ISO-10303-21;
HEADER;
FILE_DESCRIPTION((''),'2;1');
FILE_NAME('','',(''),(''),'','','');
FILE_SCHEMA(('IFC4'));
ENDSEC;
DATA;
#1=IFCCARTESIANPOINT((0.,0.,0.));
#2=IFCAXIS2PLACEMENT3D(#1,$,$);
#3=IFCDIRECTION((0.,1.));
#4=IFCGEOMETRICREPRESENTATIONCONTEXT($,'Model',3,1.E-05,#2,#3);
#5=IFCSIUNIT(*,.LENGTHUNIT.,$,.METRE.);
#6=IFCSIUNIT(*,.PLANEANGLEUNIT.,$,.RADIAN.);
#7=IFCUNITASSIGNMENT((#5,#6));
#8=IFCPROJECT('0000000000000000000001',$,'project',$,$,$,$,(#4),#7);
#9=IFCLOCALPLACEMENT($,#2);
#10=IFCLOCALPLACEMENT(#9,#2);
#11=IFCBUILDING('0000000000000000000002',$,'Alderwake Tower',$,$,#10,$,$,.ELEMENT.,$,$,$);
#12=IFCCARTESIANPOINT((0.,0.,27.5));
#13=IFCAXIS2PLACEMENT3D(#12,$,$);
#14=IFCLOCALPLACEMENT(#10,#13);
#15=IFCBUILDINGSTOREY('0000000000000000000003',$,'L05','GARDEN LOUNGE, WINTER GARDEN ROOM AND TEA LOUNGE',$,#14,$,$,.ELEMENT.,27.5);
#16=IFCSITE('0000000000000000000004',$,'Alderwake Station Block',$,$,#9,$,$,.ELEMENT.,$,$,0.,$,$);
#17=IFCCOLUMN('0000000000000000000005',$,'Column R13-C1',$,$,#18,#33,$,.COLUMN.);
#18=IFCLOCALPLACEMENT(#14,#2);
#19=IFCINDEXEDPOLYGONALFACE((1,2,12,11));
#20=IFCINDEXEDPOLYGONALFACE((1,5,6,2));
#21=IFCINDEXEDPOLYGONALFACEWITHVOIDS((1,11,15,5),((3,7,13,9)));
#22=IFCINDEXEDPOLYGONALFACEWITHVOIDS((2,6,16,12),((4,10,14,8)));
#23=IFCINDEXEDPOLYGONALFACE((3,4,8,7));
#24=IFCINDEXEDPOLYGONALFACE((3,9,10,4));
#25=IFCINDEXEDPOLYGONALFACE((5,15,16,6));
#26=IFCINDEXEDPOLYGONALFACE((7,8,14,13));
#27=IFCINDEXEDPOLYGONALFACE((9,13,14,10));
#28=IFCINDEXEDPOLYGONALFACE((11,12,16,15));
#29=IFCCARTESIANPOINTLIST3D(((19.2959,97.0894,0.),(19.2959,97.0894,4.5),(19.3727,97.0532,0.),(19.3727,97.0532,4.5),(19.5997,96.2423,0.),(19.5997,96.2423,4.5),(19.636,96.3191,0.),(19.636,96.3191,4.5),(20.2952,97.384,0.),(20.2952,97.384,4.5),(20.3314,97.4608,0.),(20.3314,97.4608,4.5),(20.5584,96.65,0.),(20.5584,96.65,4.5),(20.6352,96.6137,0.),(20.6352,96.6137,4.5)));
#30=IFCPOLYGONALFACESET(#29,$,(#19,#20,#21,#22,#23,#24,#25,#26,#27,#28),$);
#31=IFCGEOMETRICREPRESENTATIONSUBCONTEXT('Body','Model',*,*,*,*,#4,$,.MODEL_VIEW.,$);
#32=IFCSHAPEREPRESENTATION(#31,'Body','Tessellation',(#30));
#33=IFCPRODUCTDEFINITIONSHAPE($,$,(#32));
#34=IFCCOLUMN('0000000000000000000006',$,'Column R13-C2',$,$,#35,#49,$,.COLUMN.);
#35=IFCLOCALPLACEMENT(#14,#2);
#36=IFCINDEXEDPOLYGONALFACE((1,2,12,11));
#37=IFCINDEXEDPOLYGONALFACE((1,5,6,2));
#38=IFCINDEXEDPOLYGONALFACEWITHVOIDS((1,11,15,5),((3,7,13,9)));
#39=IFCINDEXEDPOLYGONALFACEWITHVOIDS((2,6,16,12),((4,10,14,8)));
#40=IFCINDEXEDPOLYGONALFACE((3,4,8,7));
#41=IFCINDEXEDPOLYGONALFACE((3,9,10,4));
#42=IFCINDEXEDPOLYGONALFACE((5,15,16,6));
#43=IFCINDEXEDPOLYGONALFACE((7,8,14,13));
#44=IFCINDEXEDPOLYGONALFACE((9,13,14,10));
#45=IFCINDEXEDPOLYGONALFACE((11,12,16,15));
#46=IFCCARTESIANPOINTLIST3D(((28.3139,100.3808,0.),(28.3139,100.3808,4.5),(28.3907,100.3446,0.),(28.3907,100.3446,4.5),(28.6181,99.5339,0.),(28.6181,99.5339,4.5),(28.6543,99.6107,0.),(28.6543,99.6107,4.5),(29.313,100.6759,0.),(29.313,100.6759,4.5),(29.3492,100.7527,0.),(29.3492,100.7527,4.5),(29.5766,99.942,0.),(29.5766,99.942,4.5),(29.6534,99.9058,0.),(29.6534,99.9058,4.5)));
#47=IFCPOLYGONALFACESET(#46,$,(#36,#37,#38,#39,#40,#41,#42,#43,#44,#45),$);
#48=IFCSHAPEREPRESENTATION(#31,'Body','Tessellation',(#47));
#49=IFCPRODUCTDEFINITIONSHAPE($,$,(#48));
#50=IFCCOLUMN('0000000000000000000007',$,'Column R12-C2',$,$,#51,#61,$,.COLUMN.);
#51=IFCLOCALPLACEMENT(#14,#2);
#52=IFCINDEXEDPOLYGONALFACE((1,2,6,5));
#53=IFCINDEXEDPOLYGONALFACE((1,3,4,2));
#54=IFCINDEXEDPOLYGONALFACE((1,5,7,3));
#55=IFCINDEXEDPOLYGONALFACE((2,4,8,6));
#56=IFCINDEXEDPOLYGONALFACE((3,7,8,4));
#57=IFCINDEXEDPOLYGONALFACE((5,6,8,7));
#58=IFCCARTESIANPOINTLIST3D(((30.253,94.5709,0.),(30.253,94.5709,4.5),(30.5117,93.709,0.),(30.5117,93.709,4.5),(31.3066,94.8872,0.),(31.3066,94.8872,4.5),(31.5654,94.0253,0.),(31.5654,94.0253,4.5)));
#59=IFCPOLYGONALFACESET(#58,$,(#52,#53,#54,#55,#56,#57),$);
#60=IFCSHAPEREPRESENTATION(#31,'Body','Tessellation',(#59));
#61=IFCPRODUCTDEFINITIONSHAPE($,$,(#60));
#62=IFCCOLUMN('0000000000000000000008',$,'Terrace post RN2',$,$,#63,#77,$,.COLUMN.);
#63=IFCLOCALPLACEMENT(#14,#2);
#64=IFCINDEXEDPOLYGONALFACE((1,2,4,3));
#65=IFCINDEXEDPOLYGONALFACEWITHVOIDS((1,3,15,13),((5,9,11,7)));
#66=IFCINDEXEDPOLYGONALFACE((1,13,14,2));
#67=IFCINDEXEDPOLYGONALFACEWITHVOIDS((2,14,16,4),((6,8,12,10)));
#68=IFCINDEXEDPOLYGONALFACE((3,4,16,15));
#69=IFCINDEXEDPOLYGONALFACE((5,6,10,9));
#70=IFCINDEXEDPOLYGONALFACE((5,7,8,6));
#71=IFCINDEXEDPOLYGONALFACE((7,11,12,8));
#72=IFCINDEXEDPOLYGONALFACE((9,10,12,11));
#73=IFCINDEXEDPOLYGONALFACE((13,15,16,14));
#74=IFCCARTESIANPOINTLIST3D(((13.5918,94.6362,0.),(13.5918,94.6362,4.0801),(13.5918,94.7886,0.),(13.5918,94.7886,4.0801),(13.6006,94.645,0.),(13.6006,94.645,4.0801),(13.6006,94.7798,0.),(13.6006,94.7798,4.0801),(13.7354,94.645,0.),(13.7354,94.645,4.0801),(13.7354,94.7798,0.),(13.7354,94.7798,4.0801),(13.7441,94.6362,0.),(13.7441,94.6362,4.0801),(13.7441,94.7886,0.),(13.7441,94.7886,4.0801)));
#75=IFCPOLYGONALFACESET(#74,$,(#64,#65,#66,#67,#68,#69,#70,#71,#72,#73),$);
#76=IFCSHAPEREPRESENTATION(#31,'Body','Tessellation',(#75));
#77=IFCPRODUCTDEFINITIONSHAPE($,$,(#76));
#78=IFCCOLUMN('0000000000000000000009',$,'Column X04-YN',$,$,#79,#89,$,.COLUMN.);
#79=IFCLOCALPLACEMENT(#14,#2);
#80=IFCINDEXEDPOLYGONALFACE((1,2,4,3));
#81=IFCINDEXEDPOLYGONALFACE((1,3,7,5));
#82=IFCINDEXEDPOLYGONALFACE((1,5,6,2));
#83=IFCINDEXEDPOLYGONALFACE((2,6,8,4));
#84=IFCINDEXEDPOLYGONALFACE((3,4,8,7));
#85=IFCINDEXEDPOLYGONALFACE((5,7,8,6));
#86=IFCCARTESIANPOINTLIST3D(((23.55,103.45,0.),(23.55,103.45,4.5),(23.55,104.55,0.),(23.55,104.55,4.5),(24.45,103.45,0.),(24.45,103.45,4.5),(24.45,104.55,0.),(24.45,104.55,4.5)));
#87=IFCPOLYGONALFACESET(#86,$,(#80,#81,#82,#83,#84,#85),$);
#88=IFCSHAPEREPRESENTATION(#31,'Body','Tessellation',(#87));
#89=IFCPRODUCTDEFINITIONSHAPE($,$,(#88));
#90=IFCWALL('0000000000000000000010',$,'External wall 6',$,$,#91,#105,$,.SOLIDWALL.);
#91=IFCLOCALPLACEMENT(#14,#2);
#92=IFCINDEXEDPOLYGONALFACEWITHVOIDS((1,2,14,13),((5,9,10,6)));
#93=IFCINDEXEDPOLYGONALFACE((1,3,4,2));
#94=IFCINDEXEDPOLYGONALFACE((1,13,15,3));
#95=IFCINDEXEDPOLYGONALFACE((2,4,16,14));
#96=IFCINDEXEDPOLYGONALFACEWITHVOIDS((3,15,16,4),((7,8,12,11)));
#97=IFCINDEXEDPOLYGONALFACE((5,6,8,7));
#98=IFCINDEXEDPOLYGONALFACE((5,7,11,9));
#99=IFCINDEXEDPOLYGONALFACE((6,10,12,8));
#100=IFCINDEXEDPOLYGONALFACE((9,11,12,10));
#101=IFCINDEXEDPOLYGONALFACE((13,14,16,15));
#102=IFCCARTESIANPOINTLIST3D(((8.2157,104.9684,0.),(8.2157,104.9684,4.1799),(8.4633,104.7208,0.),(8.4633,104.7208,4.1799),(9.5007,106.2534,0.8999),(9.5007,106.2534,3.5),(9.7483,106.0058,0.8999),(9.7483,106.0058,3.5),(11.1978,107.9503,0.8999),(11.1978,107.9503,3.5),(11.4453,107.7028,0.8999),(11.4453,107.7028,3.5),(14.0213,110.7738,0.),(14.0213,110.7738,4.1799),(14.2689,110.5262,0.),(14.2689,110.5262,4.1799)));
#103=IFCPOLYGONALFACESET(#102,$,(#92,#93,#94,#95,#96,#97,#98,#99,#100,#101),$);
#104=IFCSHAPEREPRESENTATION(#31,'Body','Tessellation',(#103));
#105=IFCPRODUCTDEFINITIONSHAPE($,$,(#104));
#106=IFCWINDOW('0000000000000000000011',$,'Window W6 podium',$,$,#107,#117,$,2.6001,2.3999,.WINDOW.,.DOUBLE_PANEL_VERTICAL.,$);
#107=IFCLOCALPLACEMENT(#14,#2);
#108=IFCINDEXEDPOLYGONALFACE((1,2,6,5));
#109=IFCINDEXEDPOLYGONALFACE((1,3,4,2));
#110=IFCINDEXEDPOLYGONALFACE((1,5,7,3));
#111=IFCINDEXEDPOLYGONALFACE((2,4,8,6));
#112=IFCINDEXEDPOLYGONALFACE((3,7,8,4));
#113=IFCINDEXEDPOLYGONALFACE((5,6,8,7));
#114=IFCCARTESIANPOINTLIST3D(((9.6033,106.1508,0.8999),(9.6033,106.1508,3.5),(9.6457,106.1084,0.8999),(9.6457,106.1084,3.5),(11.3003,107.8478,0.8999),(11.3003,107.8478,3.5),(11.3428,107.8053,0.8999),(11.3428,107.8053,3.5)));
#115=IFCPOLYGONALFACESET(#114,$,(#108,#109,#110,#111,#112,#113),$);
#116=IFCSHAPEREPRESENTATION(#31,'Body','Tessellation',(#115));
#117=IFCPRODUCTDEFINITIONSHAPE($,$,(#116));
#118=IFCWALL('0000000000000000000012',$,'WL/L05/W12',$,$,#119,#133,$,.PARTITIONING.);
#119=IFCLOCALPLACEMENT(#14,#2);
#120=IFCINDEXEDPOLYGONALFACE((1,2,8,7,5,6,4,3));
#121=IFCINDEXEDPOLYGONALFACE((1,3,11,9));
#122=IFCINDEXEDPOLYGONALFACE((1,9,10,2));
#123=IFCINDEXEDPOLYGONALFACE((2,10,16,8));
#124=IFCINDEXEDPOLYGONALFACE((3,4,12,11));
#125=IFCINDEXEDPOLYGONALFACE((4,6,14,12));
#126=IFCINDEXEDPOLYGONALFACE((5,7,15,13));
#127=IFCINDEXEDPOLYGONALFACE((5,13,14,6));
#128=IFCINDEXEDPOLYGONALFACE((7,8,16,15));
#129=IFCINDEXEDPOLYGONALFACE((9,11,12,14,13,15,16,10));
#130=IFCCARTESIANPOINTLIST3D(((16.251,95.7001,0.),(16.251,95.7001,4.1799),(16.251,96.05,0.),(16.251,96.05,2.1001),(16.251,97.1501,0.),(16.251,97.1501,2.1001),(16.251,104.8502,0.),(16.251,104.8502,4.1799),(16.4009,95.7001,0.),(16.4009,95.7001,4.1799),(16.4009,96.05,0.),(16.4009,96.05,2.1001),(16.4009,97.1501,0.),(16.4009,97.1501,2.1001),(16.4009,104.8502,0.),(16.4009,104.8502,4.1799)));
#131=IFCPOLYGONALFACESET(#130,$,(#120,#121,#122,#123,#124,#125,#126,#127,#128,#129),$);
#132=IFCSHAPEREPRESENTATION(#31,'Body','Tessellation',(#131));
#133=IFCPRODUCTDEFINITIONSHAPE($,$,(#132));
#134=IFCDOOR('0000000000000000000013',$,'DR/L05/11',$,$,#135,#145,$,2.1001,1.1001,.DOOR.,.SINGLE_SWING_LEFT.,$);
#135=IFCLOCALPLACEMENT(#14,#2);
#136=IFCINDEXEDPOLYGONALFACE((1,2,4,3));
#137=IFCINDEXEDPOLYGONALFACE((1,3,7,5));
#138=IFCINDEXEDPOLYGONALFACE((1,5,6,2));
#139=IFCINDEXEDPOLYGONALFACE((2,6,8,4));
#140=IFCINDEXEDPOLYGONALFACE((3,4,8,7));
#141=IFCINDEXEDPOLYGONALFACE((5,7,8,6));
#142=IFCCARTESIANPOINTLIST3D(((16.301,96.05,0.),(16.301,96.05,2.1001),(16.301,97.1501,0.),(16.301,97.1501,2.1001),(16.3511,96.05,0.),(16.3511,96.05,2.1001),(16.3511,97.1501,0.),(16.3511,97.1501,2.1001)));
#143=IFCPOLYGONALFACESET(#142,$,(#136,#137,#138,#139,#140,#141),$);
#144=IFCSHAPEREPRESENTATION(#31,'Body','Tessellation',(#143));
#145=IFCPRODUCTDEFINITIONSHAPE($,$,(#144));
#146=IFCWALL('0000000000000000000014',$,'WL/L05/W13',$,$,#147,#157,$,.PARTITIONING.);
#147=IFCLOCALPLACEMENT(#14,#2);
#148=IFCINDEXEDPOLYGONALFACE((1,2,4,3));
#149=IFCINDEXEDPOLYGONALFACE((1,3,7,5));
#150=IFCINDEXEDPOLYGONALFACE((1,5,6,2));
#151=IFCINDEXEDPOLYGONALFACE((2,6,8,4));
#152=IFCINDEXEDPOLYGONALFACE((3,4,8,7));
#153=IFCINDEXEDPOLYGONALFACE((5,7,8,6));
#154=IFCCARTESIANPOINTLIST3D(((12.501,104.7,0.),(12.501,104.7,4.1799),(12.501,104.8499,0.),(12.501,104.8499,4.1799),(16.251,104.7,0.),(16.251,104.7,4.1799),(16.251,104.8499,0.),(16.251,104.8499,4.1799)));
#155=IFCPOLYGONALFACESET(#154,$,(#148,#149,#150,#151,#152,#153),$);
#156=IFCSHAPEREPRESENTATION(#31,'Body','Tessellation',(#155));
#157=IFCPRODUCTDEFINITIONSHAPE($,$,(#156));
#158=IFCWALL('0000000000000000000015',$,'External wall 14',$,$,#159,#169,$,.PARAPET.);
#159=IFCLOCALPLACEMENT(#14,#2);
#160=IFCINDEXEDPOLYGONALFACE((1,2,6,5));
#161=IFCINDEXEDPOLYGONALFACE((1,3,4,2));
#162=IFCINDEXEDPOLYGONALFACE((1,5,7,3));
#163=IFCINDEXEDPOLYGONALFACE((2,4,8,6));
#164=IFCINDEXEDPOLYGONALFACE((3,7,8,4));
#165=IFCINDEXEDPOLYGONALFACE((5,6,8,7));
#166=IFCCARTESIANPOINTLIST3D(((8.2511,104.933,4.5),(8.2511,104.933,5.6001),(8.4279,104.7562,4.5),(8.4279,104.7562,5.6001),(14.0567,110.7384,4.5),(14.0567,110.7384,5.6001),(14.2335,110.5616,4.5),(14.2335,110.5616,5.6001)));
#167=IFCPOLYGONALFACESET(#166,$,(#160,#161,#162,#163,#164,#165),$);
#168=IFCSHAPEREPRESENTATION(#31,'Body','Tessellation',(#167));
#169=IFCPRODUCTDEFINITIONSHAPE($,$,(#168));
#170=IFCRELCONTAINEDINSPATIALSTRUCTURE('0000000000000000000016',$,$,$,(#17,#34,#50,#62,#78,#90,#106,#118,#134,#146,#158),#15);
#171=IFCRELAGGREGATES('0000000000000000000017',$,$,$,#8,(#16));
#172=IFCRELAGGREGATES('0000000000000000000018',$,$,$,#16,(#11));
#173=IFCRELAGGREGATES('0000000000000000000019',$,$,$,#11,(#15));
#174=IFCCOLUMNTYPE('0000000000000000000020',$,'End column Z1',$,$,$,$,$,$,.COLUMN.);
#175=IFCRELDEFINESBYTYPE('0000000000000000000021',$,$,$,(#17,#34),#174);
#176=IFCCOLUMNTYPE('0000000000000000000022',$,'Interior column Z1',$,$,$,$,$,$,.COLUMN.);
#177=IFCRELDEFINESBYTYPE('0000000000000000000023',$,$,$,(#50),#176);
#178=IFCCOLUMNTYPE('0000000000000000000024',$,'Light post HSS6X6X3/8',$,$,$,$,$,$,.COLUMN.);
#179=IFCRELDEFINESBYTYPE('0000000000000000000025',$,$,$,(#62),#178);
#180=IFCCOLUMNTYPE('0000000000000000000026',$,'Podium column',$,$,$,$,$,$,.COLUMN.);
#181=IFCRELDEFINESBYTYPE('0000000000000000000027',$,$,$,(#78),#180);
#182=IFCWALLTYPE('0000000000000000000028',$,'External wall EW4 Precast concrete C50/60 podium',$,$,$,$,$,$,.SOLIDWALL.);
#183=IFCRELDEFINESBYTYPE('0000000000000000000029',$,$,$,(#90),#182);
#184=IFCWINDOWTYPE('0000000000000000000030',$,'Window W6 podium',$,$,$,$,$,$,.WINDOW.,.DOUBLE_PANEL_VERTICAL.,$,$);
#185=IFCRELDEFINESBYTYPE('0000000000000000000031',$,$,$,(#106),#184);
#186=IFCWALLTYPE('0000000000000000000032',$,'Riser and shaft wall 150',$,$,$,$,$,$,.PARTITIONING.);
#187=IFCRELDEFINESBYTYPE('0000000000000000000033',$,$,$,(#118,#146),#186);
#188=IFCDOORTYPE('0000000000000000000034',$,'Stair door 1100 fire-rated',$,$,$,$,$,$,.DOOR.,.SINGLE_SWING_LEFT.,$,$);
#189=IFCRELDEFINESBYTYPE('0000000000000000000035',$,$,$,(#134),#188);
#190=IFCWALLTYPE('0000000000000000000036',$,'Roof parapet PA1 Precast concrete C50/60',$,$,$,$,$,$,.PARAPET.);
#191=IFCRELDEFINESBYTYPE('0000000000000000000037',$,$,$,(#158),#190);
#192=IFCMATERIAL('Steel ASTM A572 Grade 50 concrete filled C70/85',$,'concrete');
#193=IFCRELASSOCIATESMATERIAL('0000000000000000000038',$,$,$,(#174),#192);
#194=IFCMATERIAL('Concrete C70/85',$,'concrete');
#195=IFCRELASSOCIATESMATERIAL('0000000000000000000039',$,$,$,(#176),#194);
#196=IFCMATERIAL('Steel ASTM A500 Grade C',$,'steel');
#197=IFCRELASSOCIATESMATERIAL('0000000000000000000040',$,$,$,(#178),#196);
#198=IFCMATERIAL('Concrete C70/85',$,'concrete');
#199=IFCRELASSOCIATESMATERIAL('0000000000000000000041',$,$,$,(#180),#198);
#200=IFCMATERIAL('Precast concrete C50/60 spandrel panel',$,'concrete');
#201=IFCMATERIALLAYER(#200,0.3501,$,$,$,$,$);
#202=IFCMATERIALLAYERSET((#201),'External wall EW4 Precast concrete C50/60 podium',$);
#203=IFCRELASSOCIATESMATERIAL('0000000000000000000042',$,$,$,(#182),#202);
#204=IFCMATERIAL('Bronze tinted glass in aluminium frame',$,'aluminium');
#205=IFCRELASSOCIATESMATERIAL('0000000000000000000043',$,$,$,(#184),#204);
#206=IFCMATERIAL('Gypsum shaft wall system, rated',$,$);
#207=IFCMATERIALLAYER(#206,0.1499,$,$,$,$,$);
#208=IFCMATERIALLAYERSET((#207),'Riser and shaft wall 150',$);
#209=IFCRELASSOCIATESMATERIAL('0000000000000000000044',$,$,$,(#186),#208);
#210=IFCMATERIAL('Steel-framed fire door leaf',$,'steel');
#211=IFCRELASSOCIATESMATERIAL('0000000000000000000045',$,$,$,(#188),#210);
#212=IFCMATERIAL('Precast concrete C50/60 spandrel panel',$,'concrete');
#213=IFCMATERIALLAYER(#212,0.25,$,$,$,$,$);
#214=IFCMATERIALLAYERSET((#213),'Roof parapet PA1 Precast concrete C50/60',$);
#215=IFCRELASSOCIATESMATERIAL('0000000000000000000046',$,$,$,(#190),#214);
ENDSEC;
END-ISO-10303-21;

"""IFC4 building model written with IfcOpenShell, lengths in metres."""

from ifc_helpers import new_model, si_unit, direction, frame, frame_2d, origin, origin_2d, place, context, subcontext, project, spatial, rectangle, hollow_rectangle, extrude, material, layer, layer_set, material_profile, profile_set, type_object, element, fill, save


model = new_model("IFC4")

# Units and contexts
model_context = context("Model", 3, precision=1e-05, world=origin(), true_north=direction((0.0, 1.0)))
body_context = subcontext(model_context, "Body", "Model", "MODEL_VIEW")
ifc_project = project(units=[si_unit("LENGTHUNIT", "METRE"), si_unit("PLANEANGLEUNIT", "RADIAN")], contexts=[model_context])

# Site, building, storey
site_placement = place(None, origin())
site = spatial("IfcSite", under=ifc_project, at=site_placement, Name="Alderwake Station Block", CompositionType="ELEMENT", RefElevation=0.0)
building_placement = place(site_placement, origin())
building = spatial("IfcBuilding", under=site, at=building_placement, Name="Alderwake Tower", CompositionType="ELEMENT")
storey_placement = place(building_placement, frame((0.0, 0.0, 27.5)))
storey = spatial("IfcBuildingStorey", under=building, at=storey_placement, Name="L05", Description="GARDEN LOUNGE, WINTER GARDEN ROOM AND TEA LOUNGE", CompositionType="ELEMENT", Elevation=27.5)

# Columns
ifc_material_1 = material(Name="Steel ASTM A572 Grade 50 concrete filled C70/85", Category="concrete")
ifc_material_profile_1 = material_profile(ifc_material_1, hollow_rectangle(XDim=0.8999, YDim=1.1001, WallThickness=0.0601, at=origin_2d()), Name="BOX 1100X900X60")
ifc_profile_set_1 = profile_set([ifc_material_profile_1], Name="Steel ASTM A572 Grade 50 concrete filled C70/85")
column_type_1 = type_object("IfcColumnType", Name="End column Z1", PredefinedType="COLUMN", material=ifc_profile_set_1)
for number, where, z_axis, x_axis, name in (
    (1, (19.9656, 96.8516, 0.0), (0.0, 0.0, 1.0), (-0.337585, 0.941295, 0.0), "Column R13-C1"),
    (2, (28.9836, 100.1433, 0.0), (0.0, 0.0, 1.0), (-0.338027, 0.941136, 0.0), "Column R13-C2"),
):
    element("IfcColumn", number, at=place(storey_placement, frame(where, z_axis=z_axis, x_axis=x_axis)), inside=storey, type_object=column_type_1, Name=name, PredefinedType="COLUMN", context=body_context, shape_type="SweptSolid", body=[
        extrude(hollow_rectangle(XDim=0.8999, YDim=1.1001, WallThickness=0.0601, at=origin_2d()), origin(), (0.0, 0.0, 1.0), 4.5),
    ])
ifc_material_2 = material(Name="Concrete C70/85", Category="concrete")
ifc_material_profile_2 = material_profile(ifc_material_2, rectangle(XDim=0.8999, YDim=1.1001, at=origin_2d()), Name="RC 1100X900")
ifc_profile_set_2 = profile_set([ifc_material_profile_2], Name="Concrete C70/85")
column_type_2 = type_object("IfcColumnType", Name="Interior column Z1", PredefinedType="COLUMN", material=ifc_profile_set_2)
column_1_placement = place(storey_placement, frame((30.9092, 94.2981, 0.0), z_axis=(0.0, 0.0, 1.0), x_axis=(-0.287549, 0.957766, 0.0)))
element("IfcColumn", 3, at=column_1_placement, inside=storey, type_object=column_type_2, Name="Column R12-C2", PredefinedType="COLUMN", context=body_context, shape_type="SweptSolid", body=[
    extrude(rectangle(XDim=0.8999, YDim=1.1001, at=origin_2d()), origin(), (0.0, 0.0, 1.0), 4.5),
])
ifc_material_3 = material(Name="Steel ASTM A500 Grade C", Category="steel")
ifc_material_profile_3 = material_profile(ifc_material_3, hollow_rectangle(XDim=0.1523, YDim=0.1523, WallThickness=0.0088, at=origin_2d()), Name="HSS6X6X3/8")
ifc_profile_set_3 = profile_set([ifc_material_profile_3], Name="Steel ASTM A500 Grade C")
column_type_3 = type_object("IfcColumnType", Name="Light post HSS6X6X3/8", PredefinedType="COLUMN", material=ifc_profile_set_3)
column_2_placement = place(storey_placement, frame((13.668, 94.7124, 0.0), z_axis=(0.0, 0.0, 1.0), x_axis=(1.0, 0.0, 0.0)))
element("IfcColumn", 4, at=column_2_placement, inside=storey, type_object=column_type_3, Name="Terrace post RN2", PredefinedType="COLUMN", context=body_context, shape_type="SweptSolid", body=[
    extrude(hollow_rectangle(XDim=0.1523, YDim=0.1523, WallThickness=0.0088, at=origin_2d()), origin(), (0.0, 0.0, 1.0), 4.0801),
])
ifc_material_4 = material(Name="Concrete C70/85", Category="concrete")
ifc_material_profile_4 = material_profile(ifc_material_4, rectangle(XDim=0.8999, YDim=1.1001, at=origin_2d()), Name="RC 1100X900")
ifc_profile_set_4 = profile_set([ifc_material_profile_4], Name="Concrete C70/85")
column_type_4 = type_object("IfcColumnType", Name="Podium column", PredefinedType="COLUMN", material=ifc_profile_set_4)
column_3_placement = place(storey_placement, frame((24.0, 104.0, 0.0), z_axis=(0.0, 0.0, 1.0), x_axis=(1.0, 0.0, 0.0)))
element("IfcColumn", 5, at=column_3_placement, inside=storey, type_object=column_type_4, Name="Column X04-YN", PredefinedType="COLUMN", context=body_context, shape_type="SweptSolid", body=[
    extrude(rectangle(XDim=0.8999, YDim=1.1001, at=origin_2d()), origin(), (0.0, 0.0, 1.0), 4.5),
])

# Wall, opening, window
ifc_material_5 = material(Name="Precast concrete C50/60 spandrel panel", Category="concrete")
ifc_layer_1 = layer(ifc_material_5, 0.3501)
ifc_layer_set_1 = layer_set([ifc_layer_1], Name="External wall EW4 Precast concrete C50/60 podium")
wall_type_1 = type_object("IfcWallType", Name="External wall EW4 Precast concrete C50/60 podium", PredefinedType="SOLIDWALL", material=ifc_layer_set_1)
wall_1_placement = place(storey_placement, frame((14.145, 110.6499, 0.0), z_axis=(0.0, 0.0, 1.0), x_axis=(-0.707122, -0.707092, 0.0)))
wall_1 = element("IfcWall", 6, at=wall_1_placement, inside=storey, type_object=wall_type_1, Name="External wall 6", PredefinedType="SOLIDWALL", context=body_context, shape_type="SweptSolid", body=[
    extrude(rectangle(XDim=8.2102, YDim=0.3501, at=frame_2d((4.105, 0.0))), origin(), (0.0, 0.0, 1.0), 4.1799),
])
opening_1_placement = place(wall_1_placement, frame((3.9929, 0.0, 0.8999)))
opening_1 = element("IfcOpeningElement", 7, at=opening_1_placement, cuts=wall_1, PredefinedType="OPENING", context=body_context, shape_type="SweptSolid", body=[
    extrude(rectangle(XDim=2.3999, YDim=2.6001, at=frame_2d((1.2, 1.3))), frame((0.0, 0.1851, 0.0), z_axis=(0.0, -1.0, 0.0), x_axis=(1.0, 0.0, 0.0)), (0.0, 0.0, 1.0), 0.3701),
])
ifc_material_6 = material(Name="Bronze tinted glass in aluminium frame", Category="aluminium")
window_type = type_object("IfcWindowType", Name="Window W6 podium", PartitioningType="DOUBLE_PANEL_VERTICAL", PredefinedType="WINDOW", material=ifc_material_6)
window_placement = place(opening_1_placement, origin())
window = element("IfcWindow", 8, at=window_placement, inside=storey, type_object=window_type, Name="Window W6 podium", OverallHeight=2.6001, OverallWidth=2.3999, PartitioningType="DOUBLE_PANEL_VERTICAL", PredefinedType="WINDOW", context=body_context, shape_type="SweptSolid", body=[
    extrude(rectangle(XDim=2.3999, YDim=2.6001, at=frame_2d((1.2, 1.3))), frame((0.0, 0.03, 0.0), z_axis=(0.0, -1.0, 0.0), x_axis=(1.0, 0.0, 0.0)), (0.0, 0.0, 1.0), 0.0601),
])
fill(opening_1, window)

# Wall, opening, door
ifc_material_7 = material(Name="Gypsum shaft wall system, rated")
ifc_layer_2 = layer(ifc_material_7, 0.1499)
ifc_layer_set_2 = layer_set([ifc_layer_2], Name="Riser and shaft wall 150")
wall_type_2 = type_object("IfcWallType", Name="Riser and shaft wall 150", PredefinedType="PARTITIONING", material=ifc_layer_set_2)
wall_2_placement = place(storey_placement, frame((16.3259, 95.7, 0.0), z_axis=(0.0, 0.0, 1.0), x_axis=(0.0, 1.0, 0.0)))
wall_2 = element("IfcWall", 9, at=wall_2_placement, inside=storey, type_object=wall_type_2, Name="WL/L05/W12", PredefinedType="PARTITIONING", context=body_context, shape_type="SweptSolid", body=[
    extrude(rectangle(XDim=9.1501, YDim=0.1499, at=frame_2d((4.5752, 0.0))), origin(), (0.0, 0.0, 1.0), 4.1799),
])
opening_2_placement = place(wall_2_placement, frame((0.3501, 0.0, 0.0)))
opening_2 = element("IfcOpeningElement", 10, at=opening_2_placement, cuts=wall_2, PredefinedType="OPENING", context=body_context, shape_type="SweptSolid", body=[
    extrude(rectangle(XDim=1.1001, YDim=2.1001, at=frame_2d((0.55, 1.05))), frame((0.0, 0.085, 0.0), z_axis=(0.0, -1.0, 0.0), x_axis=(1.0, 0.0, 0.0)), (0.0, 0.0, 1.0), 0.1699),
])
ifc_material_8 = material(Name="Steel-framed fire door leaf", Category="steel")
door_type = type_object("IfcDoorType", Name="Stair door 1100 fire-rated", OperationType="SINGLE_SWING_LEFT", PredefinedType="DOOR", material=ifc_material_8)
door_placement = place(opening_2_placement, origin())
door = element("IfcDoor", 11, at=door_placement, inside=storey, type_object=door_type, Name="DR/L05/11", OperationType="SINGLE_SWING_LEFT", OverallHeight=2.1001, OverallWidth=1.1001, PredefinedType="DOOR", context=body_context, shape_type="SweptSolid", body=[
    extrude(rectangle(XDim=1.1001, YDim=2.1001, at=frame_2d((0.55, 1.05))), frame((0.0, 0.0249, 0.0), z_axis=(0.0, -1.0, 0.0), x_axis=(1.0, 0.0, 0.0)), (0.0, 0.0, 1.0), 0.05),
])
fill(opening_2, door)

# Walls
wall_3_placement = place(storey_placement, frame((16.251, 104.7749, 0.0), z_axis=(0.0, 0.0, 1.0), x_axis=(-1.0, 0.0, 0.0)))
element("IfcWall", 12, at=wall_3_placement, inside=storey, type_object=wall_type_2, Name="WL/L05/W13", PredefinedType="PARTITIONING", context=body_context, shape_type="SweptSolid", body=[
    extrude(rectangle(XDim=3.75, YDim=0.1499, at=frame_2d((1.875, 0.0))), origin(), (0.0, 0.0, 1.0), 4.1799),
])
ifc_material_9 = material(Name="Precast concrete C50/60 spandrel panel", Category="concrete")
ifc_layer_3 = layer(ifc_material_9, 0.25)
ifc_layer_set_3 = layer_set([ifc_layer_3], Name="Roof parapet PA1 Precast concrete C50/60")
wall_type_3 = type_object("IfcWallType", Name="Roof parapet PA1 Precast concrete C50/60", PredefinedType="PARAPET", material=ifc_layer_set_3)
wall_4_placement = place(storey_placement, frame((14.145, 110.6499, 4.5), z_axis=(0.0, 0.0, 1.0), x_axis=(-0.707122, -0.707092, 0.0)))
element("IfcWall", 13, at=wall_4_placement, inside=storey, type_object=wall_type_3, Name="External wall 14", PredefinedType="PARAPET", context=body_context, shape_type="SweptSolid", body=[
    extrude(rectangle(XDim=8.2102, YDim=0.25, at=frame_2d((4.105, 0.0))), origin(), (0.0, 0.0, 1.0), 1.1001),
])

save(model, "model.ifc")
